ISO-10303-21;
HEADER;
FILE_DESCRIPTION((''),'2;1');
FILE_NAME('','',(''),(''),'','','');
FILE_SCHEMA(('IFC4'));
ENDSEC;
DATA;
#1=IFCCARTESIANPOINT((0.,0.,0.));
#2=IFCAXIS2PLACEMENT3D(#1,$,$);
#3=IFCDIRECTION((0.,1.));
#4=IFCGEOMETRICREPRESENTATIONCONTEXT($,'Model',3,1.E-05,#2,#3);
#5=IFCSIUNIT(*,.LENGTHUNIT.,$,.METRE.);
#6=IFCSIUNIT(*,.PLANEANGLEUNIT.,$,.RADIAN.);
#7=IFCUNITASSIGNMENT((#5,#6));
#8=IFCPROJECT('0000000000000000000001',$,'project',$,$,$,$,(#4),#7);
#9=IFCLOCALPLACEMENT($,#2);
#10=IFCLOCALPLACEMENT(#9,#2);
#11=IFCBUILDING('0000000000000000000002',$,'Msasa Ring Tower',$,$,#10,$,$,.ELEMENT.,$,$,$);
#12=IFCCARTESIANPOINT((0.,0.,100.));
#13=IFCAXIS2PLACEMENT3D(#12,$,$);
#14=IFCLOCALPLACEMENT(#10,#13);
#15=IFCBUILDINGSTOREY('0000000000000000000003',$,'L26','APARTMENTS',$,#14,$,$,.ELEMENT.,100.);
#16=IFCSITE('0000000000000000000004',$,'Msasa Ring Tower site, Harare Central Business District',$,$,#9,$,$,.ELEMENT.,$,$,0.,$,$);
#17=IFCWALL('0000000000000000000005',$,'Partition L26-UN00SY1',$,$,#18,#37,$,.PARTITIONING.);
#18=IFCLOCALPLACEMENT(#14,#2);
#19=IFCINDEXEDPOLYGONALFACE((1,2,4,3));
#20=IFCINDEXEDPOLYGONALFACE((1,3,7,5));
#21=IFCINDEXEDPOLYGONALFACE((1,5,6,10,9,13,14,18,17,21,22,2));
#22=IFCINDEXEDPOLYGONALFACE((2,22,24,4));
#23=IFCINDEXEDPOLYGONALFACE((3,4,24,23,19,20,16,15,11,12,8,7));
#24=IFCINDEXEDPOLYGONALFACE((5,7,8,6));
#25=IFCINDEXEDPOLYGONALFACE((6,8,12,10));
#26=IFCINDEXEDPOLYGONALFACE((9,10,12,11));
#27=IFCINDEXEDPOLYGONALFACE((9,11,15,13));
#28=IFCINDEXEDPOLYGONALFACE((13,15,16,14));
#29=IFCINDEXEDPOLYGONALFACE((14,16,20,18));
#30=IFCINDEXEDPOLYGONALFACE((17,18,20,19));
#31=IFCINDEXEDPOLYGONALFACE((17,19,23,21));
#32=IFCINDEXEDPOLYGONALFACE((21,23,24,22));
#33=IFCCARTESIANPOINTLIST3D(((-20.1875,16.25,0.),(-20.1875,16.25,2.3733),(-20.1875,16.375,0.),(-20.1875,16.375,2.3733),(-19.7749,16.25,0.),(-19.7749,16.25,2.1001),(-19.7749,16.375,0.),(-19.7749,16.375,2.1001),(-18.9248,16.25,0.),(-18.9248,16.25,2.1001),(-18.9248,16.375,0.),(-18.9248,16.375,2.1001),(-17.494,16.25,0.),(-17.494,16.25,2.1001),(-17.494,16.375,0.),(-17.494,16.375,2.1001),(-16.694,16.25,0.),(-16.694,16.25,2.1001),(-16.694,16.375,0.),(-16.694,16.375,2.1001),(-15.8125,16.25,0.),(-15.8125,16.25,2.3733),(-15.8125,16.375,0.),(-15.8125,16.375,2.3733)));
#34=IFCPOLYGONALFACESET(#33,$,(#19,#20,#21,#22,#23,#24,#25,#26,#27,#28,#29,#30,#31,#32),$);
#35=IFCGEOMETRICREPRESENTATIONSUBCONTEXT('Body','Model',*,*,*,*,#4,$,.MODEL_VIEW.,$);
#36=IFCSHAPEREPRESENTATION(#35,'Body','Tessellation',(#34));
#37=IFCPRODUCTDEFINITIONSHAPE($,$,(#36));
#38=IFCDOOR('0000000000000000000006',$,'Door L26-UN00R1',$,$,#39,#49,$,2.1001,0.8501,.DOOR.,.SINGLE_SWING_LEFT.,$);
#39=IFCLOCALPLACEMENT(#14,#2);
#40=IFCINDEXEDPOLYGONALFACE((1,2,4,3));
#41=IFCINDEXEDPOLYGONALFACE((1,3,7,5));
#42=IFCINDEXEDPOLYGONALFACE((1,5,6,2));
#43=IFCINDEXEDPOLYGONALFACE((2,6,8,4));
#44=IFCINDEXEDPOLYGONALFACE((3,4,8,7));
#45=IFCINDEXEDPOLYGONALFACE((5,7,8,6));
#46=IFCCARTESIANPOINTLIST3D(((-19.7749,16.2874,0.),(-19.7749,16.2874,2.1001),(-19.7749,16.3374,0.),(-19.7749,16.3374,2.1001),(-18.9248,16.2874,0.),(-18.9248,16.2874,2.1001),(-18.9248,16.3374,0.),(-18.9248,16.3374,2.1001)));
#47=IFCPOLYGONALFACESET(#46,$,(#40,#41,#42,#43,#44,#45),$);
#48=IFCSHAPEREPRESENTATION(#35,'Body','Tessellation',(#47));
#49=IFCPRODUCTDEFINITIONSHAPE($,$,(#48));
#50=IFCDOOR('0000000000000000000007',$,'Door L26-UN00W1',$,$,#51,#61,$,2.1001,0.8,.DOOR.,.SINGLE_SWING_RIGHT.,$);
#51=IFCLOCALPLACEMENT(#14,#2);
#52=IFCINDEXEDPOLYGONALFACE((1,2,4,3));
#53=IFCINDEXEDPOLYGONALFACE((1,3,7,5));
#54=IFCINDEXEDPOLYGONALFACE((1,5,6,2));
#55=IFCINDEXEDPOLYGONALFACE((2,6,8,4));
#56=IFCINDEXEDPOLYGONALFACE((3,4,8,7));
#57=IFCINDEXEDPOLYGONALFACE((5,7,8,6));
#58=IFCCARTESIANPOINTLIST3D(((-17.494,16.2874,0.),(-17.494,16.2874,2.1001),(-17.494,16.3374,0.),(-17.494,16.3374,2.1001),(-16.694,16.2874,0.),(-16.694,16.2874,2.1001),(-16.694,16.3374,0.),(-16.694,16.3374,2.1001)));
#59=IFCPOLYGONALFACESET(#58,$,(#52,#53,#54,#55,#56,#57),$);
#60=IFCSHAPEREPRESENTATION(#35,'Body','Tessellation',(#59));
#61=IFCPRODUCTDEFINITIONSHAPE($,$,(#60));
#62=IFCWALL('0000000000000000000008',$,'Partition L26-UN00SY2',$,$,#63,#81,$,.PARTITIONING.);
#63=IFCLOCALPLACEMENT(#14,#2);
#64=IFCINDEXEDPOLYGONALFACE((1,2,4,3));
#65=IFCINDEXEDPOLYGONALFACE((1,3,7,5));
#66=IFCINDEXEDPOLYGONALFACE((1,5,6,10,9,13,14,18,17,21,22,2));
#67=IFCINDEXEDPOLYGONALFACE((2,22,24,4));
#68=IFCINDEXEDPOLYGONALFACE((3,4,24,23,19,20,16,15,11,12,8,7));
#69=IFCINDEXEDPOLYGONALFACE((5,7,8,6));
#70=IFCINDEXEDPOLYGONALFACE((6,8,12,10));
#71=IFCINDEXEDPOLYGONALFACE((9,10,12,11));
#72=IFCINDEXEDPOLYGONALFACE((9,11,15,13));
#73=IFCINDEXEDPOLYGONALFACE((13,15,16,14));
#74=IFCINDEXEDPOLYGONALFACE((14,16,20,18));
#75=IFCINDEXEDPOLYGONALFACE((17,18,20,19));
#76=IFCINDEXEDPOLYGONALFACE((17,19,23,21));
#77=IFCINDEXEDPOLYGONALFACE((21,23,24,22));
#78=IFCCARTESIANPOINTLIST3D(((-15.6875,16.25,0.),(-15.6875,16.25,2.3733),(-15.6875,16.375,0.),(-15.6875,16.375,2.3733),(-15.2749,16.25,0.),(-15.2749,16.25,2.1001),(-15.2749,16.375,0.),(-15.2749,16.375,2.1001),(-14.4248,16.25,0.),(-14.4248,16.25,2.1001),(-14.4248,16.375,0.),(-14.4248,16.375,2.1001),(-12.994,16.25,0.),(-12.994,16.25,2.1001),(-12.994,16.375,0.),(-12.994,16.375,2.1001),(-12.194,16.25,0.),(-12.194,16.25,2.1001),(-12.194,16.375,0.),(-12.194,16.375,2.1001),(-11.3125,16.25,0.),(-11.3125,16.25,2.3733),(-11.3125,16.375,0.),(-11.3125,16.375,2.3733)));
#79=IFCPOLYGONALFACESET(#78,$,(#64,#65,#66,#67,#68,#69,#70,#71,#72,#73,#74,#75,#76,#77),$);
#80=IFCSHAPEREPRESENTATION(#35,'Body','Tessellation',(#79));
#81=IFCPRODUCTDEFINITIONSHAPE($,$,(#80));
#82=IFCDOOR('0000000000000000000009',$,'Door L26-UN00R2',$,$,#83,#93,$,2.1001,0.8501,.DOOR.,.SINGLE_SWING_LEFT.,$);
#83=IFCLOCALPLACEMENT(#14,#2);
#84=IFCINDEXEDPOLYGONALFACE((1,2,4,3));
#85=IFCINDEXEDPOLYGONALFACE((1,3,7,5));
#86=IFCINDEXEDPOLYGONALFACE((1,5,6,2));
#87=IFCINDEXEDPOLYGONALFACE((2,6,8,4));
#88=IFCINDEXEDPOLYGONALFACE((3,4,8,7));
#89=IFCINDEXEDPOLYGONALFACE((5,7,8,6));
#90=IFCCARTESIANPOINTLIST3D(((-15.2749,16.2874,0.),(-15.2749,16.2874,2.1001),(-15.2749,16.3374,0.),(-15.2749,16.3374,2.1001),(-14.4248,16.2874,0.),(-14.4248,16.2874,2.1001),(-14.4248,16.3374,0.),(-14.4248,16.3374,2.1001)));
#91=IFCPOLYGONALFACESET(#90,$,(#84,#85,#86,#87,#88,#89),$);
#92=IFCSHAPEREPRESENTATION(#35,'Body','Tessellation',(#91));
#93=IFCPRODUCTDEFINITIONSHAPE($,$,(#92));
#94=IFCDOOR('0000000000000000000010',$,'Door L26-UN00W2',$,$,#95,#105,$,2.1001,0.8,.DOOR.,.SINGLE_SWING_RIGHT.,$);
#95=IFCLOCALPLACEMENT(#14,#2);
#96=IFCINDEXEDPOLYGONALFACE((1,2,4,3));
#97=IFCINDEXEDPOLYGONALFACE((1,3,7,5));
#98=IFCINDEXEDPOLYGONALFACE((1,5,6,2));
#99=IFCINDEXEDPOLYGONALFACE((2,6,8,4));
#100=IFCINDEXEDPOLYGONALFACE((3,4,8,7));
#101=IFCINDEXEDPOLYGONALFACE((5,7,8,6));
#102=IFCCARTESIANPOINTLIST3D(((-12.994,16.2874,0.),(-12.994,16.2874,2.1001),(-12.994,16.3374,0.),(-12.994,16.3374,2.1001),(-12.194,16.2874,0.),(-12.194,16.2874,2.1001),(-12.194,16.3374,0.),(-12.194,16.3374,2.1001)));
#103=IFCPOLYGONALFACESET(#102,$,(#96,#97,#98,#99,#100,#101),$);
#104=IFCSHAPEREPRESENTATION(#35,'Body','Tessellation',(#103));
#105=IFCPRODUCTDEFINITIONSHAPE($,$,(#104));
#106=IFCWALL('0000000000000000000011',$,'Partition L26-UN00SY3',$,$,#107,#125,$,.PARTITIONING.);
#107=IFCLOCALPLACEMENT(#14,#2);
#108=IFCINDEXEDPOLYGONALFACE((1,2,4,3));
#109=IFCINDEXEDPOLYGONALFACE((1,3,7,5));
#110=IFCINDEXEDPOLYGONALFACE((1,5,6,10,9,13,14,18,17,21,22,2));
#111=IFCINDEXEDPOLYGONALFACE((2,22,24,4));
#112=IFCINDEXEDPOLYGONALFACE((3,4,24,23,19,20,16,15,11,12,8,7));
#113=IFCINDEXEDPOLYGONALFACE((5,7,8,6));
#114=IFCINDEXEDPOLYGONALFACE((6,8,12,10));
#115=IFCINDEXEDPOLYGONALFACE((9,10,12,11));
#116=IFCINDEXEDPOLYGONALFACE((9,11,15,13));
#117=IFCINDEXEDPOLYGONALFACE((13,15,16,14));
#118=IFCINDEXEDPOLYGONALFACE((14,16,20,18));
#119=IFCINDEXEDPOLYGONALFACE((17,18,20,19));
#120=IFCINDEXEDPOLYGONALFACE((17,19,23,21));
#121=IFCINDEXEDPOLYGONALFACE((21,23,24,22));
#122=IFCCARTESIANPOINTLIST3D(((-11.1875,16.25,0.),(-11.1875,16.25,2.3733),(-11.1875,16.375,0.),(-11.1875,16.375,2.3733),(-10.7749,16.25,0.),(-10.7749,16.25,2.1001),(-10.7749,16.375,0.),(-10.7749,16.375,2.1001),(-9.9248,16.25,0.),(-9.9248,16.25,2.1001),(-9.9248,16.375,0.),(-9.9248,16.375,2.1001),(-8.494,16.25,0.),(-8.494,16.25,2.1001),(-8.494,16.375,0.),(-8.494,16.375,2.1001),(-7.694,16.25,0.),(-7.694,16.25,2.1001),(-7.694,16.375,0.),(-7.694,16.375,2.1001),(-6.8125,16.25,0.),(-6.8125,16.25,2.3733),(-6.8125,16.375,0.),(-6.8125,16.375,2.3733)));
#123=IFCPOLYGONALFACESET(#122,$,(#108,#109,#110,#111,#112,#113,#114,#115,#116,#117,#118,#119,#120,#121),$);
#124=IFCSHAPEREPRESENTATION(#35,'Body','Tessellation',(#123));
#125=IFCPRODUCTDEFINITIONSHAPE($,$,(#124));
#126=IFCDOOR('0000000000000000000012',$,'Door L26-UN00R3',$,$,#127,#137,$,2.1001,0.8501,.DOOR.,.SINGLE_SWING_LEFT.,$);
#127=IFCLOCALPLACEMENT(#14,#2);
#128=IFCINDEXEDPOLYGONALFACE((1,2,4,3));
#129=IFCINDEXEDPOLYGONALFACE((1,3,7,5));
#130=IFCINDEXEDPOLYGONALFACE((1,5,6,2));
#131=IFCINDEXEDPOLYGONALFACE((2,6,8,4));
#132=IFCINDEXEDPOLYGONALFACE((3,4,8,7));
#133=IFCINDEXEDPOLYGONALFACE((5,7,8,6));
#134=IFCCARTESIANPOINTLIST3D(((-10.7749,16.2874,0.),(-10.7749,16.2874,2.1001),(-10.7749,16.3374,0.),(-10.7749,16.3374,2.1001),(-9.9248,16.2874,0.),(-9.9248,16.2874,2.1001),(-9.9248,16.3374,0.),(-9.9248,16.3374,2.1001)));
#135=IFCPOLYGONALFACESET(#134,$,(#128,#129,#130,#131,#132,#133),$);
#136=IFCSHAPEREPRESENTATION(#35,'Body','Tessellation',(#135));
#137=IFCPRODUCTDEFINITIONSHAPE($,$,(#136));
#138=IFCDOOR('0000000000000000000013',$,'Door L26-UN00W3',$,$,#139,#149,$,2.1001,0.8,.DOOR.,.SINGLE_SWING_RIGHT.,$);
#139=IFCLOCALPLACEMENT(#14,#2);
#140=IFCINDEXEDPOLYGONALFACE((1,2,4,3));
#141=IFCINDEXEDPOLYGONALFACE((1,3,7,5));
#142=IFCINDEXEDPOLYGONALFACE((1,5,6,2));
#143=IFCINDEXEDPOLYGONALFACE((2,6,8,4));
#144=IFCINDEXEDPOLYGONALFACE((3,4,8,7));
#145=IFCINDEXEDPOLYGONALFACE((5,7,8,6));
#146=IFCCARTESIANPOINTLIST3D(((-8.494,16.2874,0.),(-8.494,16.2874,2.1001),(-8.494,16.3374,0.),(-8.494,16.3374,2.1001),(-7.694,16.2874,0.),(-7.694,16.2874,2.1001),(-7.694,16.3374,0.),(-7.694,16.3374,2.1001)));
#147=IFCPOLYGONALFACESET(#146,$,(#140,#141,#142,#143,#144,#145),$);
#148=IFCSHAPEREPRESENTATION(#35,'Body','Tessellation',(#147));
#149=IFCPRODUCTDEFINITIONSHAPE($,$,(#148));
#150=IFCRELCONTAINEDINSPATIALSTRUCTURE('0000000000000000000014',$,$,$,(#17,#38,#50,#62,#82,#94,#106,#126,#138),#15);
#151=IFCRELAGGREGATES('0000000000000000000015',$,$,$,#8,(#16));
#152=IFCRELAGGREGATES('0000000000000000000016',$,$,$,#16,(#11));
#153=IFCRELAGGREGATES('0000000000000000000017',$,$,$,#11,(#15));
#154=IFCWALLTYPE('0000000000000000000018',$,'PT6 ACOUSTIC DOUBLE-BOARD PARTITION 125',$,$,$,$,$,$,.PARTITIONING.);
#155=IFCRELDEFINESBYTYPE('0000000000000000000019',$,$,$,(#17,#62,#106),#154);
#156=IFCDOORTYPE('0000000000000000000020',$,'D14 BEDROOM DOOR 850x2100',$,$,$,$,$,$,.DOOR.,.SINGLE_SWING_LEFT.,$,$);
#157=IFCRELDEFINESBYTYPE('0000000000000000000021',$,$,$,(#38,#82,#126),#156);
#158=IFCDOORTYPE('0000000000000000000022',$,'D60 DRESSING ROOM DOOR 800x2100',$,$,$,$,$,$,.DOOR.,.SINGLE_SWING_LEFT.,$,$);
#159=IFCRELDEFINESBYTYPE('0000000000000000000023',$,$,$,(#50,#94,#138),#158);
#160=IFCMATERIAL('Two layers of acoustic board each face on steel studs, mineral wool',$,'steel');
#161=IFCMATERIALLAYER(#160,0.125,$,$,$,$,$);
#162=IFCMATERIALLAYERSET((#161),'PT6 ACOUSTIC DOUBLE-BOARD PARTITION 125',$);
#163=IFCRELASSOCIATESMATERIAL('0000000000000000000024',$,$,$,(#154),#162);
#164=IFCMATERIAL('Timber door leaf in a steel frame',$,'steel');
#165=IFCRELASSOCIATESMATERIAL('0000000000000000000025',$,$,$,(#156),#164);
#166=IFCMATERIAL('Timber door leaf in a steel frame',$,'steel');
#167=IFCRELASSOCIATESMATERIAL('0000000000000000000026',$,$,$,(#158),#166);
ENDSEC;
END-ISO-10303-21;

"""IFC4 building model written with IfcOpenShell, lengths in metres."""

from ifc_helpers import new_model, si_unit, direction, frame, frame_2d, origin, place, context, subcontext, project, spatial, rectangle, extrude, material, layer, layer_set, type_object, element, fill, save


model = new_model("IFC4")

# Units and contexts
model_context = context("Model", 3, precision=1e-05, world=origin(), true_north=direction((0.0, 1.0)))
body_context = subcontext(model_context, "Body", "Model", "MODEL_VIEW")
ifc_project = project(units=[si_unit("LENGTHUNIT", "METRE"), si_unit("PLANEANGLEUNIT", "RADIAN")], contexts=[model_context])

# Site, building, storey
site_placement = place(None, origin())
site = spatial("IfcSite", under=ifc_project, at=site_placement, Name="Msasa Ring Tower site, Harare Central Business District", CompositionType="ELEMENT", RefElevation=0.0)
building_placement = place(site_placement, origin())
building = spatial("IfcBuilding", under=site, at=building_placement, Name="Msasa Ring Tower", CompositionType="ELEMENT")
storey_placement = place(building_placement, frame((0.0, 0.0, 100.0)))
storey = spatial("IfcBuildingStorey", under=building, at=storey_placement, Name="L26", Description="APARTMENTS", CompositionType="ELEMENT", Elevation=100.0)

# Walls, openings, doors
ifc_material_1 = material(Name="Two layers of acoustic board each face on steel studs, mineral wool", Category="steel")
ifc_layer_1 = layer(ifc_material_1, 0.125)
ifc_layer_set_1 = layer_set([ifc_layer_1], Name="PT6 ACOUSTIC DOUBLE-BOARD PARTITION 125")
wall_type_1 = type_object("IfcWallType", Name="PT6 ACOUSTIC DOUBLE-BOARD PARTITION 125", PredefinedType="PARTITIONING", material=ifc_layer_set_1)
wall_1_placement = place(storey_placement, frame((-20.1875, 16.3125, 0.0), z_axis=(0.0, 0.0, 1.0), x_axis=(1.0, 0.0, 0.0)))
wall_1 = element("IfcWall", 1, at=wall_1_placement, inside=storey, type_object=wall_type_1, Name="Partition L26-UN00SY1", PredefinedType="PARTITIONING", context=body_context, shape_type="SweptSolid", body=[
    extrude(rectangle(XDim=4.375, YDim=0.125, at=frame_2d((2.1875, 0.0))), origin(), (0.0, 0.0, 1.0), 2.3733),
])
opening_1_placement = place(wall_1_placement, frame((0.4126, 0.0, 0.0)))
opening_1 = element("IfcOpeningElement", 2, at=opening_1_placement, cuts=wall_1, PredefinedType="OPENING", context=body_context, shape_type="SweptSolid", body=[
    extrude(rectangle(XDim=0.8501, YDim=2.1001, at=frame_2d((0.425, 1.05))), frame((0.0, 0.0725, 0.0), z_axis=(0.0, -1.0, 0.0), x_axis=(1.0, 0.0, 0.0)), (0.0, 0.0, 1.0), 0.145),
])
opening_2_placement = place(wall_1_placement, frame((2.6936, 0.0, 0.0)))
opening_2 = element("IfcOpeningElement", 3, at=opening_2_placement, cuts=wall_1, PredefinedType="OPENING", context=body_context, shape_type="SweptSolid", body=[
    extrude(rectangle(XDim=0.8, YDim=2.1001, at=frame_2d((0.3999, 1.05))), frame((0.0, 0.0725, 0.0), z_axis=(0.0, -1.0, 0.0), x_axis=(1.0, 0.0, 0.0)), (0.0, 0.0, 1.0), 0.145),
])
ifc_material_2 = material(Name="Timber door leaf in a steel frame", Category="steel")
door_type_1 = type_object("IfcDoorType", Name="D14 BEDROOM DOOR 850x2100", OperationType="SINGLE_SWING_LEFT", PredefinedType="DOOR", material=ifc_material_2)
door_1_placement = place(opening_1_placement, origin())
door_1 = element("IfcDoor", 4, at=door_1_placement, inside=storey, type_object=door_type_1, Name="Door L26-UN00R1", OperationType="SINGLE_SWING_LEFT", OverallHeight=2.1001, OverallWidth=0.8501, PredefinedType="DOOR", context=body_context, shape_type="SweptSolid", body=[
    extrude(rectangle(XDim=0.8501, YDim=2.1001, at=frame_2d((0.425, 1.05))), frame((0.0, 0.0249, 0.0), z_axis=(0.0, -1.0, 0.0), x_axis=(1.0, 0.0, 0.0)), (0.0, 0.0, 1.0), 0.05),
])
fill(opening_1, door_1)
ifc_material_3 = material(Name="Timber door leaf in a steel frame", Category="steel")
door_type_2 = type_object("IfcDoorType", Name="D60 DRESSING ROOM DOOR 800x2100", OperationType="SINGLE_SWING_LEFT", PredefinedType="DOOR", material=ifc_material_3)
door_2_placement = place(opening_2_placement, origin())
door_2 = element("IfcDoor", 5, at=door_2_placement, inside=storey, type_object=door_type_2, Name="Door L26-UN00W1", OperationType="SINGLE_SWING_RIGHT", OverallHeight=2.1001, OverallWidth=0.8, PredefinedType="DOOR", context=body_context, shape_type="SweptSolid", body=[
    extrude(rectangle(XDim=0.8, YDim=2.1001, at=frame_2d((0.3999, 1.05))), frame((0.0, 0.0249, 0.0), z_axis=(0.0, -1.0, 0.0), x_axis=(1.0, 0.0, 0.0)), (0.0, 0.0, 1.0), 0.05),
])
fill(opening_2, door_2)
wall_2_placement = place(storey_placement, frame((-15.6875, 16.3125, 0.0), z_axis=(0.0, 0.0, 1.0), x_axis=(1.0, 0.0, 0.0)))
wall_2 = element("IfcWall", 6, at=wall_2_placement, inside=storey, type_object=wall_type_1, Name="Partition L26-UN00SY2", PredefinedType="PARTITIONING", context=body_context, shape_type="SweptSolid", body=[
    extrude(rectangle(XDim=4.375, YDim=0.125, at=frame_2d((2.1875, 0.0))), origin(), (0.0, 0.0, 1.0), 2.3733),
])
opening_3_placement = place(wall_2_placement, frame((0.4126, 0.0, 0.0)))
opening_3 = element("IfcOpeningElement", 7, at=opening_3_placement, cuts=wall_2, PredefinedType="OPENING", context=body_context, shape_type="SweptSolid", body=[
    extrude(rectangle(XDim=0.8501, YDim=2.1001, at=frame_2d((0.425, 1.05))), frame((0.0, 0.0725, 0.0), z_axis=(0.0, -1.0, 0.0), x_axis=(1.0, 0.0, 0.0)), (0.0, 0.0, 1.0), 0.145),
])
opening_4_placement = place(wall_2_placement, frame((2.6936, 0.0, 0.0)))
opening_4 = element("IfcOpeningElement", 8, at=opening_4_placement, cuts=wall_2, PredefinedType="OPENING", context=body_context, shape_type="SweptSolid", body=[
    extrude(rectangle(XDim=0.8, YDim=2.1001, at=frame_2d((0.3999, 1.05))), frame((0.0, 0.0725, 0.0), z_axis=(0.0, -1.0, 0.0), x_axis=(1.0, 0.0, 0.0)), (0.0, 0.0, 1.0), 0.145),
])
door_3_placement = place(opening_3_placement, origin())
door_3 = element("IfcDoor", 9, at=door_3_placement, inside=storey, type_object=door_type_1, Name="Door L26-UN00R2", OperationType="SINGLE_SWING_LEFT", OverallHeight=2.1001, OverallWidth=0.8501, PredefinedType="DOOR", context=body_context, shape_type="SweptSolid", body=[
    extrude(rectangle(XDim=0.8501, YDim=2.1001, at=frame_2d((0.425, 1.05))), frame((0.0, 0.0249, 0.0), z_axis=(0.0, -1.0, 0.0), x_axis=(1.0, 0.0, 0.0)), (0.0, 0.0, 1.0), 0.05),
])
fill(opening_3, door_3)
door_4_placement = place(opening_4_placement, origin())
door_4 = element("IfcDoor", 10, at=door_4_placement, inside=storey, type_object=door_type_2, Name="Door L26-UN00W2", OperationType="SINGLE_SWING_RIGHT", OverallHeight=2.1001, OverallWidth=0.8, PredefinedType="DOOR", context=body_context, shape_type="SweptSolid", body=[
    extrude(rectangle(XDim=0.8, YDim=2.1001, at=frame_2d((0.3999, 1.05))), frame((0.0, 0.0249, 0.0), z_axis=(0.0, -1.0, 0.0), x_axis=(1.0, 0.0, 0.0)), (0.0, 0.0, 1.0), 0.05),
])
fill(opening_4, door_4)
wall_3_placement = place(storey_placement, frame((-11.1875, 16.3125, 0.0), z_axis=(0.0, 0.0, 1.0), x_axis=(1.0, 0.0, 0.0)))
wall_3 = element("IfcWall", 11, at=wall_3_placement, inside=storey, type_object=wall_type_1, Name="Partition L26-UN00SY3", PredefinedType="PARTITIONING", context=body_context, shape_type="SweptSolid", body=[
    extrude(rectangle(XDim=4.375, YDim=0.125, at=frame_2d((2.1875, 0.0))), origin(), (0.0, 0.0, 1.0), 2.3733),
])
opening_5_placement = place(wall_3_placement, frame((0.4126, 0.0, 0.0)))
opening_5 = element("IfcOpeningElement", 12, at=opening_5_placement, cuts=wall_3, PredefinedType="OPENING", context=body_context, shape_type="SweptSolid", body=[
    extrude(rectangle(XDim=0.8501, YDim=2.1001, at=frame_2d((0.425, 1.05))), frame((0.0, 0.0725, 0.0), z_axis=(0.0, -1.0, 0.0), x_axis=(1.0, 0.0, 0.0)), (0.0, 0.0, 1.0), 0.145),
])
opening_6_placement = place(wall_3_placement, frame((2.6936, 0.0, 0.0)))
opening_6 = element("IfcOpeningElement", 13, at=opening_6_placement, cuts=wall_3, PredefinedType="OPENING", context=body_context, shape_type="SweptSolid", body=[
    extrude(rectangle(XDim=0.8, YDim=2.1001, at=frame_2d((0.3999, 1.05))), frame((0.0, 0.0725, 0.0), z_axis=(0.0, -1.0, 0.0), x_axis=(1.0, 0.0, 0.0)), (0.0, 0.0, 1.0), 0.145),
])
door_5_placement = place(opening_5_placement, origin())
door_5 = element("IfcDoor", 14, at=door_5_placement, inside=storey, type_object=door_type_1, Name="Door L26-UN00R3", OperationType="SINGLE_SWING_LEFT", OverallHeight=2.1001, OverallWidth=0.8501, PredefinedType="DOOR", context=body_context, shape_type="SweptSolid", body=[
    extrude(rectangle(XDim=0.8501, YDim=2.1001, at=frame_2d((0.425, 1.05))), frame((0.0, 0.0249, 0.0), z_axis=(0.0, -1.0, 0.0), x_axis=(1.0, 0.0, 0.0)), (0.0, 0.0, 1.0), 0.05),
])
fill(opening_5, door_5)
door_6_placement = place(opening_6_placement, origin())
door_6 = element("IfcDoor", 15, at=door_6_placement, inside=storey, type_object=door_type_2, Name="Door L26-UN00W3", OperationType="SINGLE_SWING_RIGHT", OverallHeight=2.1001, OverallWidth=0.8, PredefinedType="DOOR", context=body_context, shape_type="SweptSolid", body=[
    extrude(rectangle(XDim=0.8, YDim=2.1001, at=frame_2d((0.3999, 1.05))), frame((0.0, 0.0249, 0.0), z_axis=(0.0, -1.0, 0.0), x_axis=(1.0, 0.0, 0.0)), (0.0, 0.0, 1.0), 0.05),
])
fill(opening_6, door_6)

save(model, "model.ifc")
